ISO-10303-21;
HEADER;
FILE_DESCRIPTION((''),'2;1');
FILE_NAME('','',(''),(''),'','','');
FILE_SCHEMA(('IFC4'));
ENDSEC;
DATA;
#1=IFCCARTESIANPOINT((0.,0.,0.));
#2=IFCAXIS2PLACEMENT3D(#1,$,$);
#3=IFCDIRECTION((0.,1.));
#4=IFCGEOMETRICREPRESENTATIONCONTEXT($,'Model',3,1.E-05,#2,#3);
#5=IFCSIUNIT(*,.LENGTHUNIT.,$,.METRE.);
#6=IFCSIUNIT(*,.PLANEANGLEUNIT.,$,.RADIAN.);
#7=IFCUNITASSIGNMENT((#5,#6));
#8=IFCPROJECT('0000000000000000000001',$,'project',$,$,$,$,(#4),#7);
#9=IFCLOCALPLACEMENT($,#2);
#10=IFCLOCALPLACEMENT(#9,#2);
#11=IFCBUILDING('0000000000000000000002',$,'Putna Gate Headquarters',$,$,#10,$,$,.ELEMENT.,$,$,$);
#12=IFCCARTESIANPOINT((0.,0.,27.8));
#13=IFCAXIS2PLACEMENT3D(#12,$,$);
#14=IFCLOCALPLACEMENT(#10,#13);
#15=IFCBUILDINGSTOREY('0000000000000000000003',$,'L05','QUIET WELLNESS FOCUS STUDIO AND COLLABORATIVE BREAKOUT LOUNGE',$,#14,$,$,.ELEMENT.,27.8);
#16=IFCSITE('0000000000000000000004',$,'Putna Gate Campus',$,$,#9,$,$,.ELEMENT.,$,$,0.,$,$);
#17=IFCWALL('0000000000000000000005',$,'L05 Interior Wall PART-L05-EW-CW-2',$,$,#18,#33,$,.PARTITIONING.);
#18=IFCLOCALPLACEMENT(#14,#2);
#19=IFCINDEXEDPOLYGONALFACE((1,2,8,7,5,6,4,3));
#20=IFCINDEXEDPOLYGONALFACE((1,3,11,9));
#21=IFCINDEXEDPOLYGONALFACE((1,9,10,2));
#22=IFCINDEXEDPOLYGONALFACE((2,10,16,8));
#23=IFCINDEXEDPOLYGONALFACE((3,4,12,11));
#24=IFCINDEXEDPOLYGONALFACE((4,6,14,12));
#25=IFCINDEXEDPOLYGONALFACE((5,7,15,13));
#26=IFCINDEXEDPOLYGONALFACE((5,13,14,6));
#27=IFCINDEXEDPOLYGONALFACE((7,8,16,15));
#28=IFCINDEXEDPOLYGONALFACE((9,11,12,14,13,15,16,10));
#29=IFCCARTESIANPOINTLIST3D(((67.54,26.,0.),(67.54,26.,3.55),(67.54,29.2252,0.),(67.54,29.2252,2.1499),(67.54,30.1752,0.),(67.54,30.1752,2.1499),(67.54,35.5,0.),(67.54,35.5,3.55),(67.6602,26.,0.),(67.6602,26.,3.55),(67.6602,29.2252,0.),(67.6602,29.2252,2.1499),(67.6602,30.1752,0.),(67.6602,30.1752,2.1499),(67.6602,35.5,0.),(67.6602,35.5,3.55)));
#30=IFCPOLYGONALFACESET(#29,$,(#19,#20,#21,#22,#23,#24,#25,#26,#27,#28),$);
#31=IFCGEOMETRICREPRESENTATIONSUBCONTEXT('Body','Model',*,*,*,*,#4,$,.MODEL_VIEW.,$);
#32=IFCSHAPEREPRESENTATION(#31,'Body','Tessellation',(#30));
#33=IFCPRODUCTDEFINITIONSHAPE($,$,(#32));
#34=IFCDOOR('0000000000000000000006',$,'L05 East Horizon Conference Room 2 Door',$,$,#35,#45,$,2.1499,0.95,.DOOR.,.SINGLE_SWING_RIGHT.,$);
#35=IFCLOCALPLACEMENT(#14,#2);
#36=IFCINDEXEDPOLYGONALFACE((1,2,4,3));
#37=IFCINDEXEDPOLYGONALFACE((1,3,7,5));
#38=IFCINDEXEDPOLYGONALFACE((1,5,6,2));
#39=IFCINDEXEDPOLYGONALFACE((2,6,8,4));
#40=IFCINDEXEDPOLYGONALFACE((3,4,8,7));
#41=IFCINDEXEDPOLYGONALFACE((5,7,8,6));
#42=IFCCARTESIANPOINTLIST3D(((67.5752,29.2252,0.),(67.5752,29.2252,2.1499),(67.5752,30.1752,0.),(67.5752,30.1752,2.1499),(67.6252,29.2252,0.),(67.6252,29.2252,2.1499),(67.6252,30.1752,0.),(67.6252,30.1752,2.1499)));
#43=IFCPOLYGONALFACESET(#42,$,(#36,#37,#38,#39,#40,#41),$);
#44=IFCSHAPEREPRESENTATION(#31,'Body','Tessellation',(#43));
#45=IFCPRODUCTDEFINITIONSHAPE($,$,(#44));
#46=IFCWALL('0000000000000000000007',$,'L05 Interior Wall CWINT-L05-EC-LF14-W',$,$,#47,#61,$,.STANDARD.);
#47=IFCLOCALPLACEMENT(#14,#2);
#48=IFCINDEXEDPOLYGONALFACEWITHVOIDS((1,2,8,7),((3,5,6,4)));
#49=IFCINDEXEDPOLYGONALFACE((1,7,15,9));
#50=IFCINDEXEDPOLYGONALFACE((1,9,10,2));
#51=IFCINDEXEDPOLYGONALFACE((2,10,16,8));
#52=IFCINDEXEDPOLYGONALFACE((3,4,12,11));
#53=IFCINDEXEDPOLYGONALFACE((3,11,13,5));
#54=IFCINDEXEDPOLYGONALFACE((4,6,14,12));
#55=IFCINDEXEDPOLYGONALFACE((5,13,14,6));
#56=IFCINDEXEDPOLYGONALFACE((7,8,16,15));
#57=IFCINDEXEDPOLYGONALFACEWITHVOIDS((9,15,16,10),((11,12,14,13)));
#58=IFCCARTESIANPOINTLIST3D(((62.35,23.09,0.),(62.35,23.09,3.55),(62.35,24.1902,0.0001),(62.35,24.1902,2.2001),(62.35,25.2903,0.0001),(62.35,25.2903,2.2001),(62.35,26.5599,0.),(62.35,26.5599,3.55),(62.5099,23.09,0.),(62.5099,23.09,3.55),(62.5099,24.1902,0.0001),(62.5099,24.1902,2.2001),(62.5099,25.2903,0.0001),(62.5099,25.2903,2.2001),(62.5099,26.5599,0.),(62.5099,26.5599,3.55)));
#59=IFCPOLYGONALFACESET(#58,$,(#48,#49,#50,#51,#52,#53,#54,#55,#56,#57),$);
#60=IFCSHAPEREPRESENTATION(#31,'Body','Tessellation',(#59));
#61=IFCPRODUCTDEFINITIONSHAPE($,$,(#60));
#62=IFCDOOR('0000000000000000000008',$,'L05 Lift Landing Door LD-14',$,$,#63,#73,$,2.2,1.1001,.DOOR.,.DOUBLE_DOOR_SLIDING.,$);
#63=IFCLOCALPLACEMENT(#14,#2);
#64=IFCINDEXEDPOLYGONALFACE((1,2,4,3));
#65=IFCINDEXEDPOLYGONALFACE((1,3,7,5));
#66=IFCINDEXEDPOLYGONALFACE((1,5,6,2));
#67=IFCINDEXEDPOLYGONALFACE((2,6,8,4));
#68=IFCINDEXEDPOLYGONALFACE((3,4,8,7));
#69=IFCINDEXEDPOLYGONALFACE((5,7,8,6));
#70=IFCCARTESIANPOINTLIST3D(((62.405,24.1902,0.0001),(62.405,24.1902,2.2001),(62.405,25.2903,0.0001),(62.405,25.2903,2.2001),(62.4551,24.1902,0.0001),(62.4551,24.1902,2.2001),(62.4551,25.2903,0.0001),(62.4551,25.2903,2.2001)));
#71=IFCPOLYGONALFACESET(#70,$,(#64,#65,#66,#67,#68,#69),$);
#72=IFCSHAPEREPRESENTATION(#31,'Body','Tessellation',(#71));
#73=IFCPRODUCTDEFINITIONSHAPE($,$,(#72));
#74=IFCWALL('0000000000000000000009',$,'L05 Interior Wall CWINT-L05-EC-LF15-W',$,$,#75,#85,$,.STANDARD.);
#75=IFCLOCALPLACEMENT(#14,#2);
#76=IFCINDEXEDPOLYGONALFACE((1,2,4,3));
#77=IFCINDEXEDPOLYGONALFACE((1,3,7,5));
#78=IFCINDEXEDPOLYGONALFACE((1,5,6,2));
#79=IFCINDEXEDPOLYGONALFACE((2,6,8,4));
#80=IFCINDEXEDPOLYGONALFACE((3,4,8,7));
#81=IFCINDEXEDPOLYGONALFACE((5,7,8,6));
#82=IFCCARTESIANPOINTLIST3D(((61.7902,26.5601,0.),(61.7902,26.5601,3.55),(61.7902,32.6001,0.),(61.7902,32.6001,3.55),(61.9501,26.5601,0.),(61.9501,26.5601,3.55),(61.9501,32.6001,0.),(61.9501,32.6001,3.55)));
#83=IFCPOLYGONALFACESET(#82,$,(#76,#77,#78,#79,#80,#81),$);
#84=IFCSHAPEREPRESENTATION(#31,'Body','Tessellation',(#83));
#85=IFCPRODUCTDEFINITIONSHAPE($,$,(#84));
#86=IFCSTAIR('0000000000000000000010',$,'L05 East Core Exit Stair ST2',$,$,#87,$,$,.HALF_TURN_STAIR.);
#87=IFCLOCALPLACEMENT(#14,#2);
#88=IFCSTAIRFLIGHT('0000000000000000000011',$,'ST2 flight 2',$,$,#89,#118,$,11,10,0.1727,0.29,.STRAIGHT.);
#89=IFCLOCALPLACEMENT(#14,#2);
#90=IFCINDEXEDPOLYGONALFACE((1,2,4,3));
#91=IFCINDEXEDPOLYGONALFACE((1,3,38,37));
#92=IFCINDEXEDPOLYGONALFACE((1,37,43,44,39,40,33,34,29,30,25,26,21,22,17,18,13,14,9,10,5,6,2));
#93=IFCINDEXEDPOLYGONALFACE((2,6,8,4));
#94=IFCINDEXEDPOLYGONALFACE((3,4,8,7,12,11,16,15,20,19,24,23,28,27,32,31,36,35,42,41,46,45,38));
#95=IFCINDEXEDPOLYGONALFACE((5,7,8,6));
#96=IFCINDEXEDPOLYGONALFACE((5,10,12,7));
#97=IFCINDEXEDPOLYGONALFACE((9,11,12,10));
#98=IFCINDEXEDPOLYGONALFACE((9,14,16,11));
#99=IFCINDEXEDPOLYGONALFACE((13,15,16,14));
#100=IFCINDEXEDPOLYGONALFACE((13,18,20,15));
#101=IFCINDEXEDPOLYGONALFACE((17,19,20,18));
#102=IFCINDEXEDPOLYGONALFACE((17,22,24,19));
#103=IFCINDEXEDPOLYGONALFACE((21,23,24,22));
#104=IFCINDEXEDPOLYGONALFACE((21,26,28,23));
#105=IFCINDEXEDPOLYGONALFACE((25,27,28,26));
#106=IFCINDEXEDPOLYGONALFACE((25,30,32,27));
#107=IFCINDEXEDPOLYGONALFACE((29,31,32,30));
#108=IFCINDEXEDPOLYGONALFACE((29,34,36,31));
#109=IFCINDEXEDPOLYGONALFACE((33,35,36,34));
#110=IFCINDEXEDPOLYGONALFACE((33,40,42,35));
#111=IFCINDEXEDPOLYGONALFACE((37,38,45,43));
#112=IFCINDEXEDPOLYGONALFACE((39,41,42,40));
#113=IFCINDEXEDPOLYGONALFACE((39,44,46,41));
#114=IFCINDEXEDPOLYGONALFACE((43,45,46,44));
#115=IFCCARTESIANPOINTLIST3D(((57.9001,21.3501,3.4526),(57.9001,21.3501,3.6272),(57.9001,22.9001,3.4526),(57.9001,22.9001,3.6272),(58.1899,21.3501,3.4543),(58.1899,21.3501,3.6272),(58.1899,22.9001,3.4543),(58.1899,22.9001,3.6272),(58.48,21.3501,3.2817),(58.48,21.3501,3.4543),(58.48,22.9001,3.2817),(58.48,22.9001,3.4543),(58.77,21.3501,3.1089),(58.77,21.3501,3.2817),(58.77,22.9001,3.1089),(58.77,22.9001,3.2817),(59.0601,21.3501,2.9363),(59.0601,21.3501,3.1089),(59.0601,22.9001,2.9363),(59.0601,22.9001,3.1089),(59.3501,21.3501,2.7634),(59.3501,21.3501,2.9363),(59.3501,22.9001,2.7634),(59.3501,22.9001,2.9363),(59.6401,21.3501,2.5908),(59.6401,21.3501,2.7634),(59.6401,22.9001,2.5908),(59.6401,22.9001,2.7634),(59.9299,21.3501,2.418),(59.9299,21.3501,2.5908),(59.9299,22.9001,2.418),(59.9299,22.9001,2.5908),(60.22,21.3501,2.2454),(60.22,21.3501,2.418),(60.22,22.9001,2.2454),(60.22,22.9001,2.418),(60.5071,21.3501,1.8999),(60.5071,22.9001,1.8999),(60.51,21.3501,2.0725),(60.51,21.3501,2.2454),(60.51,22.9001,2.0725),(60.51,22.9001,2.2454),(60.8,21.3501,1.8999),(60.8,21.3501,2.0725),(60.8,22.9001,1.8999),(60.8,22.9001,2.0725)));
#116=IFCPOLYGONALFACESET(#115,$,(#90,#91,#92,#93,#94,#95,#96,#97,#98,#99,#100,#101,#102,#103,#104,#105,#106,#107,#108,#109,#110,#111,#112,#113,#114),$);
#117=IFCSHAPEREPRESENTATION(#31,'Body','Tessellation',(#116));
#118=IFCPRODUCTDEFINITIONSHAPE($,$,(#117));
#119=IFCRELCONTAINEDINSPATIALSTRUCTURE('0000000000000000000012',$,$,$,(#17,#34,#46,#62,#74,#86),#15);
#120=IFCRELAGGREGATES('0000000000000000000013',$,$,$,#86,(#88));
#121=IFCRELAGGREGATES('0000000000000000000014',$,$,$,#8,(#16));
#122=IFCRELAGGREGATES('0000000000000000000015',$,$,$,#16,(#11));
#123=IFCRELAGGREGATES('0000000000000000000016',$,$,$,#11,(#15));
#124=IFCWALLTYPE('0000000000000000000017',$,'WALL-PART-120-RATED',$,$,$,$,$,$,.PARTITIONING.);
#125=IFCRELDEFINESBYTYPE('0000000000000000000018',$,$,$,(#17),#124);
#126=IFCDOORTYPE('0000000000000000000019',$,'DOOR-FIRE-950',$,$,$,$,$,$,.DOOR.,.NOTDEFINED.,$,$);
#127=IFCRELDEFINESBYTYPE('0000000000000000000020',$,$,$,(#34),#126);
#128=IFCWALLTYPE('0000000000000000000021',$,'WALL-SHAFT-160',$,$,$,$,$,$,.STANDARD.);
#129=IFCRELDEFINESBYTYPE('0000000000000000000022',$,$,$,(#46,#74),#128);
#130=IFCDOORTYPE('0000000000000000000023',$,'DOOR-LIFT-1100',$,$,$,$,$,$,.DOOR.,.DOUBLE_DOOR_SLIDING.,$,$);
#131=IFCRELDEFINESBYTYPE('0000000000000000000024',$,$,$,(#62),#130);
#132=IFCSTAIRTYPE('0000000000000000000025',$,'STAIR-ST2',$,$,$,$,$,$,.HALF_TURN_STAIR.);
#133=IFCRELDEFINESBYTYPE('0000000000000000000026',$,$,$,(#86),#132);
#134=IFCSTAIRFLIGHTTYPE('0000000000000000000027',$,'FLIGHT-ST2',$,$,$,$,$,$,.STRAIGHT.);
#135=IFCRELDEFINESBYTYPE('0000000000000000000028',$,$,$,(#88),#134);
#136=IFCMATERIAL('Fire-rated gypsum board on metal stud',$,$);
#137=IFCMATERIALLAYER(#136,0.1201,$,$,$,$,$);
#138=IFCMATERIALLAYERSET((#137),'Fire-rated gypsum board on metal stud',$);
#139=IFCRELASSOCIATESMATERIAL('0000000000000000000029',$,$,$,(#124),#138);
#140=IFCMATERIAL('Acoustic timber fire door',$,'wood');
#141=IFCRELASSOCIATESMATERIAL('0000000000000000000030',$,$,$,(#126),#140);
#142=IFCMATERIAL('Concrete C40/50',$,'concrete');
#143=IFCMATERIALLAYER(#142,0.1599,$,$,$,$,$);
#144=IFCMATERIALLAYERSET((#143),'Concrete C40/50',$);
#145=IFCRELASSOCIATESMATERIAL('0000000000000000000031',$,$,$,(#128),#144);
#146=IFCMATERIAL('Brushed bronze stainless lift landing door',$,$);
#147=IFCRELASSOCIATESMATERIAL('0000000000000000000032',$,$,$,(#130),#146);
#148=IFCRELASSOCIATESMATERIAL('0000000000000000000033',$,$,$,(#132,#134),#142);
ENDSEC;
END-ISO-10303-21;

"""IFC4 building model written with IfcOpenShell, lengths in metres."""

from ifc_helpers import new_model, si_unit, direction, frame, frame_2d, origin, place, context, subcontext, project, spatial, polyline, rectangle, outline, extrude, material, layer, layer_set, type_object, element, fill, aggregate, save


model = new_model("IFC4")

# Units and contexts
model_context = context("Model", 3, precision=1e-05, world=origin(), true_north=direction((0.0, 1.0)))
body_context = subcontext(model_context, "Body", "Model", "MODEL_VIEW")
ifc_project = project(units=[si_unit("LENGTHUNIT", "METRE"), si_unit("PLANEANGLEUNIT", "RADIAN")], contexts=[model_context])

# Site, building, storey
site_placement = place(None, origin())
site = spatial("IfcSite", under=ifc_project, at=site_placement, Name="Putna Gate Campus", CompositionType="ELEMENT", RefElevation=0.0)
building_placement = place(site_placement, origin())
building = spatial("IfcBuilding", under=site, at=building_placement, Name="Putna Gate Headquarters", CompositionType="ELEMENT")
storey_placement = place(building_placement, frame((0.0, 0.0, 27.8)))
storey = spatial("IfcBuildingStorey", under=building, at=storey_placement, Name="L05", Description="QUIET WELLNESS FOCUS STUDIO AND COLLABORATIVE BREAKOUT LOUNGE", CompositionType="ELEMENT", Elevation=27.8)

# Shared definitions
ifc_material_1 = material(Name="Fire-rated gypsum board on metal stud")
ifc_layer_1 = layer(ifc_material_1, 0.1201)
ifc_layer_set_1 = layer_set([ifc_layer_1], Name="Fire-rated gypsum board on metal stud")
wall_type_1 = type_object("IfcWallType", Name="WALL-PART-120-RATED", PredefinedType="PARTITIONING", material=ifc_layer_set_1)

# Walls, openings, doors
wall_1_placement = place(storey_placement, frame((67.6001, 26.0, 0.0), z_axis=(0.0, 0.0, 1.0), x_axis=(0.0, 1.0, 0.0)))
wall_1 = element("IfcWall", 1, at=wall_1_placement, inside=storey, type_object=wall_type_1, Name="L05 Interior Wall PART-L05-EW-CW-2", PredefinedType="PARTITIONING", context=body_context, shape_type="SweptSolid", body=[
    extrude(rectangle(XDim=9.5, YDim=0.1201, at=frame_2d((4.75, 0.0))), origin(), (0.0, 0.0, 1.0), 3.55),
])
opening_1_placement = place(wall_1_placement, frame((3.2251, 0.0, 0.0)))
opening_1 = element("IfcOpeningElement", 2, at=opening_1_placement, cuts=wall_1, PredefinedType="OPENING", context=body_context, shape_type="SweptSolid", body=[
    extrude(rectangle(XDim=0.95, YDim=2.1499, at=frame_2d((0.4751, 1.075))), frame((0.0, 0.0701, 0.0), z_axis=(0.0, -1.0, 0.0), x_axis=(1.0, 0.0, 0.0)), (0.0, 0.0, 1.0), 0.1401),
])
ifc_material_2 = material(Name="Acoustic timber fire door", Category="wood")
door_type_1 = type_object("IfcDoorType", Name="DOOR-FIRE-950", OperationType="NOTDEFINED", PredefinedType="DOOR", material=ifc_material_2)
door_1_placement = place(opening_1_placement, origin())
door_1 = element("IfcDoor", 3, at=door_1_placement, inside=storey, type_object=door_type_1, Name="L05 East Horizon Conference Room 2 Door", OperationType="SINGLE_SWING_RIGHT", OverallHeight=2.1499, OverallWidth=0.95, PredefinedType="DOOR", context=body_context, shape_type="SweptSolid", body=[
    extrude(rectangle(XDim=0.95, YDim=2.1499, at=frame_2d((0.4751, 1.075))), frame((0.0, 0.0249, 0.0), z_axis=(0.0, -1.0, 0.0), x_axis=(1.0, 0.0, 0.0)), (0.0, 0.0, 1.0), 0.05),
])
fill(opening_1, door_1)
ifc_material_3 = material(Name="Concrete C40/50", Category="concrete")
ifc_layer_2 = layer(ifc_material_3, 0.1599)
ifc_layer_set_2 = layer_set([ifc_layer_2], Name="Concrete C40/50")
wall_type_2 = type_object("IfcWallType", Name="WALL-SHAFT-160", PredefinedType="STANDARD", material=ifc_layer_set_2)
wall_2_placement = place(storey_placement, frame((62.4299, 23.0901, 0.0), z_axis=(0.0, 0.0, 1.0), x_axis=(0.0, 1.0, 0.0)))
wall_2 = element("IfcWall", 4, at=wall_2_placement, inside=storey, type_object=wall_type_2, Name="L05 Interior Wall CWINT-L05-EC-LF14-W", PredefinedType="STANDARD", context=body_context, shape_type="SweptSolid", body=[
    extrude(rectangle(XDim=3.47, YDim=0.1599, at=frame_2d((1.7349, 0.0))), origin(), (0.0, 0.0, 1.0), 3.55),
])
opening_2_placement = place(wall_2_placement, frame((1.1001, 0.0, 0.0)))
opening_2 = element("IfcOpeningElement", 5, at=opening_2_placement, cuts=wall_2, PredefinedType="OPENING", context=body_context, shape_type="SweptSolid", body=[
    extrude(rectangle(XDim=1.1001, YDim=2.2, at=frame_2d((0.55, 1.1001))), frame((0.0, 0.0898, 0.0), z_axis=(0.0, -1.0, 0.0), x_axis=(1.0, 0.0, 0.0)), (0.0, 0.0, 1.0), 0.1799),
])
ifc_material_4 = material(Name="Brushed bronze stainless lift landing door")
door_type_2 = type_object("IfcDoorType", Name="DOOR-LIFT-1100", OperationType="DOUBLE_DOOR_SLIDING", PredefinedType="DOOR", material=ifc_material_4)
door_2_placement = place(opening_2_placement, origin())
door_2 = element("IfcDoor", 6, at=door_2_placement, inside=storey, type_object=door_type_2, Name="L05 Lift Landing Door LD-14", OperationType="DOUBLE_DOOR_SLIDING", OverallHeight=2.2, OverallWidth=1.1001, PredefinedType="DOOR", context=body_context, shape_type="SweptSolid", body=[
    extrude(rectangle(XDim=1.1001, YDim=2.2, at=frame_2d((0.55, 1.1001))), frame((0.0, 0.0249, 0.0), z_axis=(0.0, -1.0, 0.0), x_axis=(1.0, 0.0, 0.0)), (0.0, 0.0, 1.0), 0.05),
])
fill(opening_2, door_2)

# Wall
wall_3_placement = place(storey_placement, frame((61.8701, 26.5601, 0.0), z_axis=(0.0, 0.0, 1.0), x_axis=(0.0, 1.0, 0.0)))
element("IfcWall", 7, at=wall_3_placement, inside=storey, type_object=wall_type_2, Name="L05 Interior Wall CWINT-L05-EC-LF15-W", PredefinedType="STANDARD", context=body_context, shape_type="SweptSolid", body=[
    extrude(rectangle(XDim=6.04, YDim=0.1599, at=frame_2d((3.02, 0.0))), origin(), (0.0, 0.0, 1.0), 3.55),
])

# Stair, stair flight
stair_type = type_object("IfcStairType", Name="STAIR-ST2", PredefinedType="HALF_TURN_STAIR", material=ifc_material_3)
stair_placement = place(storey_placement, origin())
stair = element("IfcStair", 8, at=stair_placement, inside=storey, type_object=stair_type, Name="L05 East Core Exit Stair ST2", PredefinedType="HALF_TURN_STAIR")
stair_flight_type = type_object("IfcStairFlightType", Name="FLIGHT-ST2", PredefinedType="STRAIGHT", material=ifc_material_3)
stair_flight_placement = place(storey_placement, frame((60.8, 22.125, 1.8999), z_axis=(0.0, 0.0, 1.0), x_axis=(-1.0, 0.0, 0.0)))
stair_flight = element("IfcStairFlight", 9, at=stair_flight_placement, type_object=stair_flight_type, Name="ST2 flight 2", NumberOfRisers=11, NumberOfTreads=10, PredefinedType="STRAIGHT", RiserHeight=0.1727, TreadLength=0.29, context=body_context, shape_type="SweptSolid", body=[
    extrude(outline(polyline([(0.0, 0.0), (0.0, 0.1726), (0.29, 0.1726), (0.29, 0.3455), (0.5801, 0.3455), (0.5801, 0.5181), (0.8701, 0.5181), (0.8701, 0.6909), (1.1599, 0.6909), (1.1599, 0.8635), (1.45, 0.8635), (1.45, 1.0364), (1.74, 1.0364), (1.74, 1.209), (2.03, 1.209), (2.03, 1.3818), (2.3201, 1.3818), (2.3201, 1.5544), (2.6101, 1.5544), (2.6101, 1.7273), (2.8999, 1.7273), (2.8999, 1.8999), (2.8999, 1.5527), (0.293, 0.0), (0.0, 0.0)])), frame((0.0, 0.7749, 0.0), z_axis=(0.0, -1.0, 0.0), x_axis=(1.0, 0.0, 0.0)), (0.0, 0.0, 1.0), 1.55),
])
aggregate(stair, [stair_flight])

save(model, "model.ifc")
